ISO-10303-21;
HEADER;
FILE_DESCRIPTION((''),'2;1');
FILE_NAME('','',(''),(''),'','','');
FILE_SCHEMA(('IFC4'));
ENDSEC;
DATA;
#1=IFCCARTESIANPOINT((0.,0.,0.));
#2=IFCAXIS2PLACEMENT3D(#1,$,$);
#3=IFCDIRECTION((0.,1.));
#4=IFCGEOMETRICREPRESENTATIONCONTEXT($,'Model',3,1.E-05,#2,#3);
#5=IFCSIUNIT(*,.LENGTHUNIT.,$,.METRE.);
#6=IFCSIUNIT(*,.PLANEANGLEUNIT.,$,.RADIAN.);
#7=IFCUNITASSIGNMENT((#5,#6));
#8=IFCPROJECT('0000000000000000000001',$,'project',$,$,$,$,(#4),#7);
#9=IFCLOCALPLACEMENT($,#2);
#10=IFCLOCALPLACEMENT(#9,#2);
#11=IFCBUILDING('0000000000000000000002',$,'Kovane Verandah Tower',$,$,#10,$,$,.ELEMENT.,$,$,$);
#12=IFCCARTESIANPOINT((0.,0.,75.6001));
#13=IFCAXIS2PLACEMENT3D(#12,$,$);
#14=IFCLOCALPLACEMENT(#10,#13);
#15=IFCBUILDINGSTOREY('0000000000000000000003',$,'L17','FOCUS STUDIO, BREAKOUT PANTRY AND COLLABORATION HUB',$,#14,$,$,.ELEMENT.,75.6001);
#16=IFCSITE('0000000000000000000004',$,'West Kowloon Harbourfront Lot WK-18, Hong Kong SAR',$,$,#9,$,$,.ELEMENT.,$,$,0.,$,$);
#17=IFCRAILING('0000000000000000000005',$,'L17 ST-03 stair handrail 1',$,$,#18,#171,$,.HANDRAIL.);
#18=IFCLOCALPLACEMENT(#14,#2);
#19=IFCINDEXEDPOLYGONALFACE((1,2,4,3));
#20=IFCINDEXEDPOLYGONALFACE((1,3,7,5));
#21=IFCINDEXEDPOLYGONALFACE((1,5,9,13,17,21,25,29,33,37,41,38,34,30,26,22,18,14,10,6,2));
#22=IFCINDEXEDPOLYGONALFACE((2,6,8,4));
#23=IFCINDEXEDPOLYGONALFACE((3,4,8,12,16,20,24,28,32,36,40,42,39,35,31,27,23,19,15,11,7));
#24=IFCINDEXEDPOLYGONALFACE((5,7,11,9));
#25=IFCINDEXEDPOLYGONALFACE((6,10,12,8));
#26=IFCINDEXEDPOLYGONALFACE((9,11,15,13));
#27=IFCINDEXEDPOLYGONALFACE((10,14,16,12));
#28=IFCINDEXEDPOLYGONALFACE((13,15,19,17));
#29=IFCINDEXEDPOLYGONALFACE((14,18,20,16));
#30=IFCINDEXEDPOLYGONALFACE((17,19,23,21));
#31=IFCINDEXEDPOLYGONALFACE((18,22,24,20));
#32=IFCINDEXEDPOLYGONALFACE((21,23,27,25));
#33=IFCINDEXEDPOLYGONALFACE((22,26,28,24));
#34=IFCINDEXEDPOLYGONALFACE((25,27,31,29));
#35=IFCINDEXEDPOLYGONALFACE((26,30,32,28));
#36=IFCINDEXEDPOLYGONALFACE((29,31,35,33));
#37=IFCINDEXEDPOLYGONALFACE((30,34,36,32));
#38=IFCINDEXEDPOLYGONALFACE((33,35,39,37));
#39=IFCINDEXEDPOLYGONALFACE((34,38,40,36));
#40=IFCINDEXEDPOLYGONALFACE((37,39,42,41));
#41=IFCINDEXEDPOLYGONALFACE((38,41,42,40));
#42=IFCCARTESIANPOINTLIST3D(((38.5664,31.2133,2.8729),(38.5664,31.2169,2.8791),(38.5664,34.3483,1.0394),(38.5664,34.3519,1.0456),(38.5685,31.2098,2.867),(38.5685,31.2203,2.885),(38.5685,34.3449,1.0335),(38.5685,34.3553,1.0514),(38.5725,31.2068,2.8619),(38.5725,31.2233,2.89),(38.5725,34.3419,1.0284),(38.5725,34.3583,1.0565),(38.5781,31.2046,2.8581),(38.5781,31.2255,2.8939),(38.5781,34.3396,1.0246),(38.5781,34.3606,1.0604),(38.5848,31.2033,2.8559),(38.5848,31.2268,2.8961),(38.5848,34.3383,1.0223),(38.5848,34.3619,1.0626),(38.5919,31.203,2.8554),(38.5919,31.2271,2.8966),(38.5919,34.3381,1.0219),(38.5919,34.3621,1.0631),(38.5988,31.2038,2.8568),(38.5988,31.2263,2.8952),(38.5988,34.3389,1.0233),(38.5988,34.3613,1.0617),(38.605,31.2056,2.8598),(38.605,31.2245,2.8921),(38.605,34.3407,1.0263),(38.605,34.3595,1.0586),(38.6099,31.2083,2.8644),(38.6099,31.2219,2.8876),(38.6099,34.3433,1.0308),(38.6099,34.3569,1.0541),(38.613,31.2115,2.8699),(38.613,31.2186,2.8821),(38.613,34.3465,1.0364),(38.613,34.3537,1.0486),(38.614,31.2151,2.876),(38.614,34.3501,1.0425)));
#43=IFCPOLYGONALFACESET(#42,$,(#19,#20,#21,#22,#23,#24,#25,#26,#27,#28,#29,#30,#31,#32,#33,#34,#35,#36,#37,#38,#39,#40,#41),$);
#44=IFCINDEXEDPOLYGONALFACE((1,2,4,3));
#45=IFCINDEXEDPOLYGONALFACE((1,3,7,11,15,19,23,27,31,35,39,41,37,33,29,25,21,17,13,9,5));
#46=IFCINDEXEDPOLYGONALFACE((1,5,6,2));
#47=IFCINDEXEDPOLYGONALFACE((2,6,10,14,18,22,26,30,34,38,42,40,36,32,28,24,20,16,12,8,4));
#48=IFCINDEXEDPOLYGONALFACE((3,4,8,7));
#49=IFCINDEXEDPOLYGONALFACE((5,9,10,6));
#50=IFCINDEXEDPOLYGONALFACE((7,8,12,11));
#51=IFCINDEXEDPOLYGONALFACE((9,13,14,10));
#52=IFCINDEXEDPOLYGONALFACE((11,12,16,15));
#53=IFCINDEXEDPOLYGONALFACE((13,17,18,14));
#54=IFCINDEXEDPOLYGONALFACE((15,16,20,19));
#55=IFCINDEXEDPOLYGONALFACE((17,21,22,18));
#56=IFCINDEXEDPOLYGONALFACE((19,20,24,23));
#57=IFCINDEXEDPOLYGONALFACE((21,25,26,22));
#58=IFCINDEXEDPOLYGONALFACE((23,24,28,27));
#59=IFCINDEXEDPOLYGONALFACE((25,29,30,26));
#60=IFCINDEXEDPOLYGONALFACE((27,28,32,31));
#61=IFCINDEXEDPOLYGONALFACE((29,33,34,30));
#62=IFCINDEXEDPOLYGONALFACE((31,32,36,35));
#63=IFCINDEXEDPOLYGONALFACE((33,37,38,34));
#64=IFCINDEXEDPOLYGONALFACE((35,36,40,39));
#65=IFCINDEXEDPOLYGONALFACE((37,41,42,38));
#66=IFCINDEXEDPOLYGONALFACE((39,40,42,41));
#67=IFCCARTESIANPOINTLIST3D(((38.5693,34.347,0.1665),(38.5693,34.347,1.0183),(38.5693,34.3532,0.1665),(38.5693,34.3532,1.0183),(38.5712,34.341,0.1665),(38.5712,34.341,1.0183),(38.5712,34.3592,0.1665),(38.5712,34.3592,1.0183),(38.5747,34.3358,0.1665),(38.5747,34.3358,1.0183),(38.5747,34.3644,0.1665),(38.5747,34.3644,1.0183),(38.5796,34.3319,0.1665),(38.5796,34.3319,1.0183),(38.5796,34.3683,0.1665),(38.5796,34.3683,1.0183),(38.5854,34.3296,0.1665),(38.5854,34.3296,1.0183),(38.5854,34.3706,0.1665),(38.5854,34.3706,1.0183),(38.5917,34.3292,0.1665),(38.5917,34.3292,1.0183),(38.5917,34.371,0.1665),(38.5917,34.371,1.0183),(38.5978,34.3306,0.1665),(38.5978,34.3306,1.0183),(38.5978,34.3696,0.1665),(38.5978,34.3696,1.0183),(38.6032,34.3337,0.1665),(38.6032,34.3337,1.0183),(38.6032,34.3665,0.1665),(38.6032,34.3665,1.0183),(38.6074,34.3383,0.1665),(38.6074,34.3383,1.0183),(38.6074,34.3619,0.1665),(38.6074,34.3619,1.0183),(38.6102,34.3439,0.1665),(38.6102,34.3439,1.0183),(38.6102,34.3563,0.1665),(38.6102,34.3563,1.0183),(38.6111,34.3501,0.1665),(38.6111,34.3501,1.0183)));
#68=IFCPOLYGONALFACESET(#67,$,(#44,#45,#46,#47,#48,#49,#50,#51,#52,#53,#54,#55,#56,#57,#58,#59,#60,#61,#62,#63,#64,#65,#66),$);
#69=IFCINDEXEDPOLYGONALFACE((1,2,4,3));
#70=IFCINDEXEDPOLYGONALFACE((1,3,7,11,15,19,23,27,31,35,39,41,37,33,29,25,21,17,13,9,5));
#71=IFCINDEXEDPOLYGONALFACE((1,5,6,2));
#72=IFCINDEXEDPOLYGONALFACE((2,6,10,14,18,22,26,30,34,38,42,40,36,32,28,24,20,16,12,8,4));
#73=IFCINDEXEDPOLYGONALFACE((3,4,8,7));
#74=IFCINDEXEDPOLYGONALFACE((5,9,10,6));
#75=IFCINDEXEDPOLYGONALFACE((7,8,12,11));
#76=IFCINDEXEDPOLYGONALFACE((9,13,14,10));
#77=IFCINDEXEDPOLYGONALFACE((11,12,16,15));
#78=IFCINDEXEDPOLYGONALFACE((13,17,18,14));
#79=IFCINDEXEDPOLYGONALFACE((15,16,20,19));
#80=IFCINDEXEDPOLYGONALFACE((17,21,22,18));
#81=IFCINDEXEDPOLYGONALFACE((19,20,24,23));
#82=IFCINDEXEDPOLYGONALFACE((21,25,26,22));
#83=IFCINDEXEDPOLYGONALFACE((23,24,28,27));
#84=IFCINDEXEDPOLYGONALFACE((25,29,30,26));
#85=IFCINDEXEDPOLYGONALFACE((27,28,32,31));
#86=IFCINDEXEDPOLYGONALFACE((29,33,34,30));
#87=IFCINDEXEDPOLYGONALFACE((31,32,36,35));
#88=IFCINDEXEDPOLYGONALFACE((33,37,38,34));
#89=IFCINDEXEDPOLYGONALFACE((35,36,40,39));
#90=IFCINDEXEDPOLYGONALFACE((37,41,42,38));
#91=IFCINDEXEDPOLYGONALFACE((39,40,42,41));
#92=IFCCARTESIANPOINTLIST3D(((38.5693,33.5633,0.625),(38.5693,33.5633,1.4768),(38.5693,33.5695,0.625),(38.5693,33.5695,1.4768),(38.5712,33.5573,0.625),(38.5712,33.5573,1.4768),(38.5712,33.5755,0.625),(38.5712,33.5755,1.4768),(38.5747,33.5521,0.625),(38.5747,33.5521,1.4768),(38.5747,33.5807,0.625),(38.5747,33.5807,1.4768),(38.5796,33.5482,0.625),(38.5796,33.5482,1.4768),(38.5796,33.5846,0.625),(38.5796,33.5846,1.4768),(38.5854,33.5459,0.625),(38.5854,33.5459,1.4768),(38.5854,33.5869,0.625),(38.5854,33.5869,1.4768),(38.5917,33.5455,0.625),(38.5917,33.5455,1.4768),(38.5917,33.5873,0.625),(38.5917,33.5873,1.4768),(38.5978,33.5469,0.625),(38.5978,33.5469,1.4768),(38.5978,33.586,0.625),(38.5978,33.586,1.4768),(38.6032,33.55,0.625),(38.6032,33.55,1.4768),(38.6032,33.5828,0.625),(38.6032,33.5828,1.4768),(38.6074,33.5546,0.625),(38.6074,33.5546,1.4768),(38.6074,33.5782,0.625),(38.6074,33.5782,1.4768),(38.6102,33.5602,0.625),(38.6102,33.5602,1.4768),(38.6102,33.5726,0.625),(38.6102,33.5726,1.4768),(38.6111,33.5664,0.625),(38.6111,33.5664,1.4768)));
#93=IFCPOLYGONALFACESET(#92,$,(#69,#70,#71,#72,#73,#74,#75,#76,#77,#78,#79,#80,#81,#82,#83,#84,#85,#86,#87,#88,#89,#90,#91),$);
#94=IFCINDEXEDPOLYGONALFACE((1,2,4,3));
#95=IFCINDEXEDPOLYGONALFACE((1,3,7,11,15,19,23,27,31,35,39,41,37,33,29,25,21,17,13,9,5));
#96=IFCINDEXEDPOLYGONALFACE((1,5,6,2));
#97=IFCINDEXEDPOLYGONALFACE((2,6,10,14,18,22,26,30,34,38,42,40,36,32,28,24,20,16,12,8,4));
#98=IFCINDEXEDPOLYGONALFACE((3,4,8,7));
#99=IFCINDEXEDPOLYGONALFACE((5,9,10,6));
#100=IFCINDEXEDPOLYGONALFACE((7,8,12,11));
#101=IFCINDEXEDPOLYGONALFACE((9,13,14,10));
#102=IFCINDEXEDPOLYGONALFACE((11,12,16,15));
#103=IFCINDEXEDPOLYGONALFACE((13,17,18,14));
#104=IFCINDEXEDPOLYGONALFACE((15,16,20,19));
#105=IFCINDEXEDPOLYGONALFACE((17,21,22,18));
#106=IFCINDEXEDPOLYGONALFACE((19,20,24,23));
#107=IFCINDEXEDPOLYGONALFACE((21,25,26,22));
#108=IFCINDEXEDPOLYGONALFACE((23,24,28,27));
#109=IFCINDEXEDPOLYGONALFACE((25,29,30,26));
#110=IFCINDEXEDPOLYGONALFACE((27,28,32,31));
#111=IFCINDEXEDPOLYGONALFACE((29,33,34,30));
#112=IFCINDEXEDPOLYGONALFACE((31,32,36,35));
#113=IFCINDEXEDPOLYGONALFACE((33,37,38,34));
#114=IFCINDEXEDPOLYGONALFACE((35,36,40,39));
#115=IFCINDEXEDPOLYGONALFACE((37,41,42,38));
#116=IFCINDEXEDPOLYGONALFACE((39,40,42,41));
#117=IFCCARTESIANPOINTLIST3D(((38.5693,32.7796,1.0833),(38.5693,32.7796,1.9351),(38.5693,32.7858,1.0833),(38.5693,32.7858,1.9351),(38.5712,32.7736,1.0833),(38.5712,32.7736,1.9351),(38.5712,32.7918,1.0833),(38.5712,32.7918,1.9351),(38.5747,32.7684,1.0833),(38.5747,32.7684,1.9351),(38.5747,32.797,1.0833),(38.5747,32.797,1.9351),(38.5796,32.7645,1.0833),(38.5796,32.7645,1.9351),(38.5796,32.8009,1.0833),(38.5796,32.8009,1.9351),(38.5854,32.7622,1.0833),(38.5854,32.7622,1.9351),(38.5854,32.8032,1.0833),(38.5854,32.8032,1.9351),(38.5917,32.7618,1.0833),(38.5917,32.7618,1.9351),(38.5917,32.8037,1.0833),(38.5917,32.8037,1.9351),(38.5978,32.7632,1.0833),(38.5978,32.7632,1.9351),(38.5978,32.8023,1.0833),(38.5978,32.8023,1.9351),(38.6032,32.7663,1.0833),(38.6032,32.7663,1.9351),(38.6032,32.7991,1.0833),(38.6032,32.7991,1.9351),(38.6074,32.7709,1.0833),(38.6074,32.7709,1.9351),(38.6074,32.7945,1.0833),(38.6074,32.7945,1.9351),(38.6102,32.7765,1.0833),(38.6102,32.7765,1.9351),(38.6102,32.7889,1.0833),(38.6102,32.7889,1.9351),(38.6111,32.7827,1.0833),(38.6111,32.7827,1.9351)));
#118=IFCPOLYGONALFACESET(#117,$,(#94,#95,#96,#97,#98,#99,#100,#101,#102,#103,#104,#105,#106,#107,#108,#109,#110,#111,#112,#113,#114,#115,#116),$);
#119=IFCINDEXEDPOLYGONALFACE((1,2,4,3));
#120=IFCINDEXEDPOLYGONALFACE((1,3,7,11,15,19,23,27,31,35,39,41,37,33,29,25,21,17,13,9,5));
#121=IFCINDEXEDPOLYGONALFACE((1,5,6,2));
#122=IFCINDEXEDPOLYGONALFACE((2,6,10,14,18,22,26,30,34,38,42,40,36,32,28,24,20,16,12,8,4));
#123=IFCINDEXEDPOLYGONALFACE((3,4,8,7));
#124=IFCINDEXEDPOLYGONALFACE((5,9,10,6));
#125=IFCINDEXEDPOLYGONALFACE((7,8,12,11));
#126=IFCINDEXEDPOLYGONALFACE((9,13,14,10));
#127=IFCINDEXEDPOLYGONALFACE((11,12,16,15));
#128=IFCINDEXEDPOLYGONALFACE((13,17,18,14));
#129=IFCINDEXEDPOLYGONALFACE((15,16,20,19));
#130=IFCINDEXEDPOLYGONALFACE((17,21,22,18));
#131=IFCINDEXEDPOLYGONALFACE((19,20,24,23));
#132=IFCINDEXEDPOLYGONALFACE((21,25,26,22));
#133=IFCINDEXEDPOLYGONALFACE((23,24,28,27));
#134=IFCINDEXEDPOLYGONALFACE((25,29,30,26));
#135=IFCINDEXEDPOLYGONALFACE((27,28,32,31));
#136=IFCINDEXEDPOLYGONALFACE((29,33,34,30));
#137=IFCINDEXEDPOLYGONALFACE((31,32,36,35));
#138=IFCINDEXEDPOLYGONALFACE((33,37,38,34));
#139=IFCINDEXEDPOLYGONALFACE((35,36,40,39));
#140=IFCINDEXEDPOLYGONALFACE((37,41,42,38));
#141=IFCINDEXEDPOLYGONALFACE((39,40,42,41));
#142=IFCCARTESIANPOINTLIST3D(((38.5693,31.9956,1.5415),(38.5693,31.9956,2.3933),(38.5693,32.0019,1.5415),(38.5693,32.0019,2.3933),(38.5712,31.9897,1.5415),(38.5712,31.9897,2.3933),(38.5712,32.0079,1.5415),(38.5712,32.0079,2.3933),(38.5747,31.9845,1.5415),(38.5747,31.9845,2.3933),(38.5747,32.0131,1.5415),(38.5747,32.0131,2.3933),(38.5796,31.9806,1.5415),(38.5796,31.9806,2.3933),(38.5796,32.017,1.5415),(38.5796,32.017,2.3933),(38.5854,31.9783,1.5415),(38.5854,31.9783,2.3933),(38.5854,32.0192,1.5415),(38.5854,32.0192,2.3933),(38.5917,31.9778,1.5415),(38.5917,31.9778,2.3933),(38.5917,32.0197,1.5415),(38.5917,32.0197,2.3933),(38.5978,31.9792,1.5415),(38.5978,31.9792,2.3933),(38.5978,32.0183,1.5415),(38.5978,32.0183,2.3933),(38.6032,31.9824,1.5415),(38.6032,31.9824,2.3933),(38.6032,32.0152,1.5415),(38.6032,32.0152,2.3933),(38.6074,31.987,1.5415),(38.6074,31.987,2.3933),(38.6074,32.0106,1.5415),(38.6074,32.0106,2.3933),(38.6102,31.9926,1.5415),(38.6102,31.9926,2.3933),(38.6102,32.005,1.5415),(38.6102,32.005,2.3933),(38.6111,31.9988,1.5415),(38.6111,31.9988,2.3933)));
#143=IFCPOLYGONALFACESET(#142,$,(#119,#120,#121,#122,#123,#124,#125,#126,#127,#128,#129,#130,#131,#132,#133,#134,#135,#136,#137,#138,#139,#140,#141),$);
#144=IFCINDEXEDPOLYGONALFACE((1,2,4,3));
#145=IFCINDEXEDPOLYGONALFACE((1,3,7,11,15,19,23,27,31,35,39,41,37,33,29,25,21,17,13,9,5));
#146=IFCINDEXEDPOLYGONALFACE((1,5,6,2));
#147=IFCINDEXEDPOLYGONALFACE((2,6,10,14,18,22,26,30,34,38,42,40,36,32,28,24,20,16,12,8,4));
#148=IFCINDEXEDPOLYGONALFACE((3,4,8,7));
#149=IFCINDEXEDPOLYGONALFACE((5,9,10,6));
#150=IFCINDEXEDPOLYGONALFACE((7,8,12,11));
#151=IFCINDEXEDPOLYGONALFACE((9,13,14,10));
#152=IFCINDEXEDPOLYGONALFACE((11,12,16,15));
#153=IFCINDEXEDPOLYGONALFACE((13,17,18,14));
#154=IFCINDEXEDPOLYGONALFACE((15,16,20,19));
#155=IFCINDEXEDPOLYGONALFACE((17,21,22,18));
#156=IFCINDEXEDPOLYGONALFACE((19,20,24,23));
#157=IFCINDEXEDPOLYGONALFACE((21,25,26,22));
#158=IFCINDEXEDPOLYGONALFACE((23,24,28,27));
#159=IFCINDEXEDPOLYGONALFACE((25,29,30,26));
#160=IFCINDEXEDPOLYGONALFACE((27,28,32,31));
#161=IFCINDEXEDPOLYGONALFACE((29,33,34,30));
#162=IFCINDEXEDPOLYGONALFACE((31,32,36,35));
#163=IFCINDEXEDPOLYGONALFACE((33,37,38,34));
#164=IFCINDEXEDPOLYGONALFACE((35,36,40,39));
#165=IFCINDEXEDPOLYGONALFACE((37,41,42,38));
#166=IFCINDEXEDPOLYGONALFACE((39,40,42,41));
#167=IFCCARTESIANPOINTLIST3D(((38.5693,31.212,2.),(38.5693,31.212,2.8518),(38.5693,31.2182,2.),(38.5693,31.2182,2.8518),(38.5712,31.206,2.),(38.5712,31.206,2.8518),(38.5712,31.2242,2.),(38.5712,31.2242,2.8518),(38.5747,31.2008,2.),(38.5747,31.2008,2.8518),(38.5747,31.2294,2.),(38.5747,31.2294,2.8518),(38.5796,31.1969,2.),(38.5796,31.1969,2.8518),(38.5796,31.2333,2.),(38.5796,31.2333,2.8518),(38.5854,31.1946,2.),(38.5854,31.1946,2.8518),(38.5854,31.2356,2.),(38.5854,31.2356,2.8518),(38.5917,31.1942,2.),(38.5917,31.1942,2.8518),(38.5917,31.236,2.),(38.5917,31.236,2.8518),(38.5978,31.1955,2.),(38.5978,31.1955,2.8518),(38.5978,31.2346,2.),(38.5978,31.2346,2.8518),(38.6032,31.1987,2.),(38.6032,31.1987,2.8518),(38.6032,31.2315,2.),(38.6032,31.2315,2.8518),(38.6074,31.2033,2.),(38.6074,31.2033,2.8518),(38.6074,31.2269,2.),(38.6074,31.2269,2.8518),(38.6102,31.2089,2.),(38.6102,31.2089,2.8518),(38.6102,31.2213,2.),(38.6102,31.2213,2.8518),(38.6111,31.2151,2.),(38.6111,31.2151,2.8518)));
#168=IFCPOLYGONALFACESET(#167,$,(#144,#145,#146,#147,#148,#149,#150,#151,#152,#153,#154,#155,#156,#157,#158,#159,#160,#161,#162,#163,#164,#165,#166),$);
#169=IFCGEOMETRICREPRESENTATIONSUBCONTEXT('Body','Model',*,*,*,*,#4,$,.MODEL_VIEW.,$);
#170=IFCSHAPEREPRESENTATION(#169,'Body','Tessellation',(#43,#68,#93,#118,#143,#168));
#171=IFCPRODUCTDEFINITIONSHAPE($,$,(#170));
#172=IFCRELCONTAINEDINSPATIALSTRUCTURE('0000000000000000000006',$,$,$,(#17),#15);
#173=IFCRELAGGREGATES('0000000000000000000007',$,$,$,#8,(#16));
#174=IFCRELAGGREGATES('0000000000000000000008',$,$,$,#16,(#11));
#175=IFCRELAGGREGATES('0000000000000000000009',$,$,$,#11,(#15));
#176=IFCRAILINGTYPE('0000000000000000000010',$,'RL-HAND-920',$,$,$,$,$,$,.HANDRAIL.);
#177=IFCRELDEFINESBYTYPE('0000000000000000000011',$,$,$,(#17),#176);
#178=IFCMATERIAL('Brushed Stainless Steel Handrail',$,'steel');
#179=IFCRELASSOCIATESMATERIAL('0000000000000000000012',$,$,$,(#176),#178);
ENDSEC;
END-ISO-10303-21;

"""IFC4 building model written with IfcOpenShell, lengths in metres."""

from ifc_helpers import new_model, si_unit, direction, frame, origin, origin_2d, place, context, subcontext, project, spatial, circle, extrude, material, type_object, element, save


model = new_model("IFC4")

# Units and contexts
model_context = context("Model", 3, precision=1e-05, world=origin(), true_north=direction((0.0, 1.0)))
body_context = subcontext(model_context, "Body", "Model", "MODEL_VIEW")
ifc_project = project(units=[si_unit("LENGTHUNIT", "METRE"), si_unit("PLANEANGLEUNIT", "RADIAN")], contexts=[model_context])

# Site, building, storey
site_placement = place(None, origin())
site = spatial("IfcSite", under=ifc_project, at=site_placement, Name="West Kowloon Harbourfront Lot WK-18, Hong Kong SAR", CompositionType="ELEMENT", RefElevation=0.0)
building_placement = place(site_placement, origin())
building = spatial("IfcBuilding", under=site, at=building_placement, Name="Kovane Verandah Tower", CompositionType="ELEMENT")
storey_placement = place(building_placement, frame((0.0, 0.0, 75.6001)))
storey = spatial("IfcBuildingStorey", under=building, at=storey_placement, Name="L17", Description="FOCUS STUDIO, BREAKOUT PANTRY AND COLLABORATION HUB", CompositionType="ELEMENT", Elevation=75.6001)

# Railing
ifc_material_1 = material(Name="Brushed Stainless Steel Handrail", Category="steel")
railing_type = type_object("IfcRailingType", Name="RL-HAND-920", PredefinedType="HANDRAIL", material=ifc_material_1)
railing_placement = place(storey_placement, frame((38.5901, 34.3501, 0.1665)))
element("IfcRailing", 1, at=railing_placement, inside=storey, type_object=railing_type, Name="L17 ST-03 stair handrail 1", PredefinedType="HANDRAIL", context=body_context, shape_type="SweptSolid", body=[
    extrude(circle(Radius=0.0239, at=origin_2d()), frame((0.0, 0.0, 0.876), z_axis=(0.0, -0.86321, 0.504845), x_axis=(1.0, 0.0, 0.0)), (0.0, 0.0, 1.0), 3.6318),
    extrude(circle(Radius=0.021, at=origin_2d()), origin(), (0.0, 0.0, 1.0), 0.8518),
    extrude(circle(Radius=0.021, at=origin_2d()), frame((0.0, -0.7837, 0.4585)), (0.0, 0.0, 1.0), 0.8518),
    extrude(circle(Radius=0.021, at=origin_2d()), frame((0.0, -1.5674, 0.9167)), (0.0, 0.0, 1.0), 0.8518),
    extrude(circle(Radius=0.021, at=origin_2d()), frame((0.0, -2.3513, 1.375)), (0.0, 0.0, 1.0), 0.8518),
    extrude(circle(Radius=0.021, at=origin_2d()), frame((0.0, -3.135, 1.8335)), (0.0, 0.0, 1.0), 0.8518),
])

save(model, "model.ifc")
